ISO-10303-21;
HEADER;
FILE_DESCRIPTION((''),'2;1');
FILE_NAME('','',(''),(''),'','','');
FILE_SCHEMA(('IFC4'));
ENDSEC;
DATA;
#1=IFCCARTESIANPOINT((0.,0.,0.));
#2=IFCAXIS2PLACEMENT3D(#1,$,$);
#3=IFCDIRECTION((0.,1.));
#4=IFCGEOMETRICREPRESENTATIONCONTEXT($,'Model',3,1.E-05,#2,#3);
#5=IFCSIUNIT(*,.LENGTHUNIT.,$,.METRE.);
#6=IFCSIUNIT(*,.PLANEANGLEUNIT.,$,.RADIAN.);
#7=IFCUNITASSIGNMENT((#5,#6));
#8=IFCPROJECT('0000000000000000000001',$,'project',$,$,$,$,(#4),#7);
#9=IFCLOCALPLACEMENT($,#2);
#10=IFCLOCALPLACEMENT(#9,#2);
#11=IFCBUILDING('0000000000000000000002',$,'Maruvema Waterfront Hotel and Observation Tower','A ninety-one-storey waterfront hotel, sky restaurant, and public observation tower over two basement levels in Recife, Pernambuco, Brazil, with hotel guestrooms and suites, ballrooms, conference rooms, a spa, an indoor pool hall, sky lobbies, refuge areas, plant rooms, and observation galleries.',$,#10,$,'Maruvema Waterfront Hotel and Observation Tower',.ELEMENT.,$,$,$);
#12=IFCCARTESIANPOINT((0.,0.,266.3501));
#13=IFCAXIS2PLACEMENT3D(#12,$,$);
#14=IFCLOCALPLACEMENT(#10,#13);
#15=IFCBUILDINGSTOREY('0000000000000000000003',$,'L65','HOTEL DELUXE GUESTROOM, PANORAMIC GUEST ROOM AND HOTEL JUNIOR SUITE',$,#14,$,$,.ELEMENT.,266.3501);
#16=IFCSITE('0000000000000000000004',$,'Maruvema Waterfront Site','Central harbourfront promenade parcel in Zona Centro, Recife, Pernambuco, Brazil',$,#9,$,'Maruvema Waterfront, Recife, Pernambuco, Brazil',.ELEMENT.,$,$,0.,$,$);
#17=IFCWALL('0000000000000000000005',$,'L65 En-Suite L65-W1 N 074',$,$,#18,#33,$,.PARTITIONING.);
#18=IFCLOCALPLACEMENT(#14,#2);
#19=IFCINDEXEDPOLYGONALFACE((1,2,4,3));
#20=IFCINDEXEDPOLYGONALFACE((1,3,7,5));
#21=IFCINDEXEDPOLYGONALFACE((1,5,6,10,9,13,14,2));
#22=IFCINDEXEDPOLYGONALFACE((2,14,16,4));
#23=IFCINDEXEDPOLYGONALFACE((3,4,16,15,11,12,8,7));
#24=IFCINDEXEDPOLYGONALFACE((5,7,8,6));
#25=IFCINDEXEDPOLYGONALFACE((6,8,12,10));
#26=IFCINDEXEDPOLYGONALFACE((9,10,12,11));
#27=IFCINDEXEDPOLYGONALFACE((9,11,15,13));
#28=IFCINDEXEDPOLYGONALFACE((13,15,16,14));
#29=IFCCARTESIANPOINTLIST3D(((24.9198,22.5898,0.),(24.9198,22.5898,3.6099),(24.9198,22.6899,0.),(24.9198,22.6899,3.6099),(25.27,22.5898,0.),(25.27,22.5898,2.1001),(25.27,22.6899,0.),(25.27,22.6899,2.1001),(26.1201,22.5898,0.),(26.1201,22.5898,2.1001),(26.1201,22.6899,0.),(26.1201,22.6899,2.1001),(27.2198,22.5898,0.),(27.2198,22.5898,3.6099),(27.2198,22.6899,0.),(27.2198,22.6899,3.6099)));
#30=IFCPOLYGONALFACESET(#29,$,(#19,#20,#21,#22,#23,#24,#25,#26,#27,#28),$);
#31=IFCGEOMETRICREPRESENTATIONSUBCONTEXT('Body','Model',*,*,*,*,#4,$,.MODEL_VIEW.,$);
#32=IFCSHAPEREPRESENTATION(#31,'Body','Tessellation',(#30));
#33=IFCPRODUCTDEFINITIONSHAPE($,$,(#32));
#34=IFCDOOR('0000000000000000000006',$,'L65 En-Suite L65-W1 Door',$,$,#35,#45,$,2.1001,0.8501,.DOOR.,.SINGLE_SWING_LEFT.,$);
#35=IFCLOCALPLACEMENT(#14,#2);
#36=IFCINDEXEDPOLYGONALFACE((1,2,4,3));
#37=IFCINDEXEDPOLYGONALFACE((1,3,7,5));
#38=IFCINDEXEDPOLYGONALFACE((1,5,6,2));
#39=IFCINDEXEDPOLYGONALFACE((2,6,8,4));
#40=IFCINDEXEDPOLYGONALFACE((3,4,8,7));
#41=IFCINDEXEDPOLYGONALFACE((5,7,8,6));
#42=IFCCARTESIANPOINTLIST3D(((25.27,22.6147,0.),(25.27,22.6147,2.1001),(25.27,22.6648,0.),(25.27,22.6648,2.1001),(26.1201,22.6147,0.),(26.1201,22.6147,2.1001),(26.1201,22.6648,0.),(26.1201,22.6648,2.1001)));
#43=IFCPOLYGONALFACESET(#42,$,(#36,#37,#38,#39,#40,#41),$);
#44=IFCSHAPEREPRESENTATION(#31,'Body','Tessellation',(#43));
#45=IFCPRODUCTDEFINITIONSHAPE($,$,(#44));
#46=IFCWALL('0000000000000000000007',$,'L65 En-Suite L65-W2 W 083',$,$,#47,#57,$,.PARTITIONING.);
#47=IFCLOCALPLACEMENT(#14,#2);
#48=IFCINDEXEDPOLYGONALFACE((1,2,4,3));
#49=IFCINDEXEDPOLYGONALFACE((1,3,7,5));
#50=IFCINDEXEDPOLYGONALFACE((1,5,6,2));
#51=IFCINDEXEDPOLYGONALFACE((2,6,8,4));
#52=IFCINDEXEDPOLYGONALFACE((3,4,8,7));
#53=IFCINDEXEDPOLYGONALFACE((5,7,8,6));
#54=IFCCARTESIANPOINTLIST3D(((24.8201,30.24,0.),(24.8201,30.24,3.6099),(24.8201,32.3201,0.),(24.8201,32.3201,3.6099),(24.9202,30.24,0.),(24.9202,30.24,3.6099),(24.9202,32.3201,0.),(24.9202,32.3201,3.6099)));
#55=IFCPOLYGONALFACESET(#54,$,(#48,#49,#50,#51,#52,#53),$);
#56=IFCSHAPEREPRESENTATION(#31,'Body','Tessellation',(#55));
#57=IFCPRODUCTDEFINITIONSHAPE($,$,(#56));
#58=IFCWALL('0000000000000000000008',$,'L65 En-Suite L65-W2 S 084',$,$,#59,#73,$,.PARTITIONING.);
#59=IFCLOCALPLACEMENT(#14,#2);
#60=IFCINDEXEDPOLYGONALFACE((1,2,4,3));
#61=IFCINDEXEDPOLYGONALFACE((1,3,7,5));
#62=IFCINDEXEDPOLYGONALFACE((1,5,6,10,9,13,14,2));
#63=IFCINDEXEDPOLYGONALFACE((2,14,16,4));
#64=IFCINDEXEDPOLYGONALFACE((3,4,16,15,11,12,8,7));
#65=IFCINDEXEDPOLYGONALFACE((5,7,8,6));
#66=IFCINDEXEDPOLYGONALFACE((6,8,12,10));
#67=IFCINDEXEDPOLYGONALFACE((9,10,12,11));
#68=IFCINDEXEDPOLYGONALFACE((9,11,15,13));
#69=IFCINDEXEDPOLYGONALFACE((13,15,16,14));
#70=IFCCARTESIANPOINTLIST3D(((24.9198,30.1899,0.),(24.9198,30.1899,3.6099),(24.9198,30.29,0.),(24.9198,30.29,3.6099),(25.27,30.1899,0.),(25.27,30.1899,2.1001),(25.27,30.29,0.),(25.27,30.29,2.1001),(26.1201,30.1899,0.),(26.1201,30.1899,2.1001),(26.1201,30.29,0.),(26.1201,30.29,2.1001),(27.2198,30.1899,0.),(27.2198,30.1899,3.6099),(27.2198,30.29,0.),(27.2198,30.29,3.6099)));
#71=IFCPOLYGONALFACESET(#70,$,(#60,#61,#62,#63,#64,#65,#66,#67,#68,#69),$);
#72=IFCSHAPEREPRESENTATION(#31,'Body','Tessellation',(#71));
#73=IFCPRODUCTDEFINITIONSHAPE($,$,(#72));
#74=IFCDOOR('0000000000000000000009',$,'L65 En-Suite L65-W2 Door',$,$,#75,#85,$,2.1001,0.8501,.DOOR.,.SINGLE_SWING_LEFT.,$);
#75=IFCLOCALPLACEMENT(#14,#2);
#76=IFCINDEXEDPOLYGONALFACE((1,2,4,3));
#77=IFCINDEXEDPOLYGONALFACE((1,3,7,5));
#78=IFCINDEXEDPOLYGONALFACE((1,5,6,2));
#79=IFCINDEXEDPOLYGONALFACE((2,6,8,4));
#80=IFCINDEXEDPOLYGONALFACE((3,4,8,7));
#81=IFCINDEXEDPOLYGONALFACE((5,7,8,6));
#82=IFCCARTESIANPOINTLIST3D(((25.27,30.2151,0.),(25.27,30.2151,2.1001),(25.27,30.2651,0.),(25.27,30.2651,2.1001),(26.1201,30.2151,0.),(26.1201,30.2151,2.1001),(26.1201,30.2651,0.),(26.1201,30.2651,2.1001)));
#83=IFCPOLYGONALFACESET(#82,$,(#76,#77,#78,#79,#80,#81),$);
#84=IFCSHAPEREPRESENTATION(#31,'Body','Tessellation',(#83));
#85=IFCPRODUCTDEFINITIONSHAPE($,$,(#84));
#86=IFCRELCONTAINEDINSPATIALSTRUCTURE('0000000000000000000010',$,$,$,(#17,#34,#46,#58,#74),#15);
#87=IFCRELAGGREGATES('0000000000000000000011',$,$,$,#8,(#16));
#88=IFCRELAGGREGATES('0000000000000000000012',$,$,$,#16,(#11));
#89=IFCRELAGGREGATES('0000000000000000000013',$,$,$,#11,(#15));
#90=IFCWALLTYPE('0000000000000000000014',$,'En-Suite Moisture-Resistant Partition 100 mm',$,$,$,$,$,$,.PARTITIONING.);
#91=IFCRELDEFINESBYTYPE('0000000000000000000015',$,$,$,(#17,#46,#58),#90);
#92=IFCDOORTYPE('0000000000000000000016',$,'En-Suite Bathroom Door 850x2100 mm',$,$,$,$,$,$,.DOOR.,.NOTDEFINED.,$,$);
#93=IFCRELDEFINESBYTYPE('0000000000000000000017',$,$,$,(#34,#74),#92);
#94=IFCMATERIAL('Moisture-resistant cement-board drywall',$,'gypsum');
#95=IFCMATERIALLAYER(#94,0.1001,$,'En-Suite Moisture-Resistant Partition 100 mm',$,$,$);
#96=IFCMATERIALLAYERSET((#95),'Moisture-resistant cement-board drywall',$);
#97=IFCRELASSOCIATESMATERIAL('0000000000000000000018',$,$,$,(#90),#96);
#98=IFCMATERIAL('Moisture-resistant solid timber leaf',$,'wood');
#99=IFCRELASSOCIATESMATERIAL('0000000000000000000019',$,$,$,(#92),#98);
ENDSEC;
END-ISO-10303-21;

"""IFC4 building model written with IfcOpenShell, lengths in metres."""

from ifc_helpers import new_model, si_unit, direction, frame, frame_2d, origin, place, context, subcontext, project, spatial, rectangle, extrude, material, layer, layer_set, type_object, element, fill, save


model = new_model("IFC4")

# Units and contexts
model_context = context("Model", 3, precision=1e-05, world=origin(), true_north=direction((0.0, 1.0)))
body_context = subcontext(model_context, "Body", "Model", "MODEL_VIEW")
ifc_project = project(units=[si_unit("LENGTHUNIT", "METRE"), si_unit("PLANEANGLEUNIT", "RADIAN")], contexts=[model_context])

# Site, building, storey
site_placement = place(None, origin())
site = spatial("IfcSite", under=ifc_project, at=site_placement, Name="Maruvema Waterfront Site", Description="Central harbourfront promenade parcel in Zona Centro, Recife, Pernambuco, Brazil", LongName="Maruvema Waterfront, Recife, Pernambuco, Brazil", CompositionType="ELEMENT", RefElevation=0.0)
building_placement = place(site_placement, origin())
building = spatial("IfcBuilding", under=site, at=building_placement, Name="Maruvema Waterfront Hotel and Observation Tower", Description="A ninety-one-storey waterfront hotel, sky restaurant, and public observation tower over two basement levels in Recife, Pernambuco, Brazil, with hotel guestrooms and suites, ballrooms, conference rooms, a spa, an indoor pool hall, sky lobbies, refuge areas, plant rooms, and observation galleries.", LongName="Maruvema Waterfront Hotel and Observation Tower", CompositionType="ELEMENT")
storey_placement = place(building_placement, frame((0.0, 0.0, 266.3501)))
storey = spatial("IfcBuildingStorey", under=building, at=storey_placement, Name="L65", Description="HOTEL DELUXE GUESTROOM, PANORAMIC GUEST ROOM AND HOTEL JUNIOR SUITE", CompositionType="ELEMENT", Elevation=266.3501)

# Shared definitions
ifc_material_1 = material(Name="Moisture-resistant cement-board drywall", Category="gypsum")
ifc_layer_1 = layer(ifc_material_1, 0.1001, Name="En-Suite Moisture-Resistant Partition 100 mm")
ifc_layer_set_1 = layer_set([ifc_layer_1], Name="Moisture-resistant cement-board drywall")
wall_type_1 = type_object("IfcWallType", Name="En-Suite Moisture-Resistant Partition 100 mm", PredefinedType="PARTITIONING", material=ifc_layer_set_1)

# Wall, opening, door
wall_1_placement = place(storey_placement, frame((24.9199, 22.6399, 0.0), z_axis=(0.0, 0.0, 1.0), x_axis=(1.0, 0.0, 0.0)))
wall_1 = element("IfcWall", 1, at=wall_1_placement, inside=storey, type_object=wall_type_1, Name="L65 En-Suite L65-W1 N 074", PredefinedType="PARTITIONING", context=body_context, shape_type="SweptSolid", body=[
    extrude(rectangle(XDim=2.3, YDim=0.1001, at=frame_2d((1.1499, 0.0))), origin(), (0.0, 0.0, 1.0), 3.6099),
])
opening_1_placement = place(wall_1_placement, frame((0.3501, 0.0, 0.0)))
opening_1 = element("IfcOpeningElement", 2, at=opening_1_placement, cuts=wall_1, PredefinedType="OPENING", context=body_context, shape_type="SweptSolid", body=[
    extrude(rectangle(XDim=0.8501, YDim=2.1001, at=frame_2d((0.425, 1.05))), frame((0.0, 0.0601, 0.0), z_axis=(0.0, -1.0, 0.0), x_axis=(1.0, 0.0, 0.0)), (0.0, 0.0, 1.0), 0.1201),
])
ifc_material_2 = material(Name="Moisture-resistant solid timber leaf", Category="wood")
door_type_1 = type_object("IfcDoorType", Name="En-Suite Bathroom Door 850x2100 mm", OperationType="NOTDEFINED", PredefinedType="DOOR", material=ifc_material_2)
door_1_placement = place(opening_1_placement, origin())
door_1 = element("IfcDoor", 3, at=door_1_placement, inside=storey, type_object=door_type_1, Name="L65 En-Suite L65-W1 Door", OperationType="SINGLE_SWING_LEFT", OverallHeight=2.1001, OverallWidth=0.8501, PredefinedType="DOOR", context=body_context, shape_type="SweptSolid", body=[
    extrude(rectangle(XDim=0.8501, YDim=2.1001, at=frame_2d((0.425, 1.05))), frame((0.0, 0.0249, 0.0), z_axis=(0.0, -1.0, 0.0), x_axis=(1.0, 0.0, 0.0)), (0.0, 0.0, 1.0), 0.05),
])
fill(opening_1, door_1)

# Wall
wall_2_placement = place(storey_placement, frame((24.8701, 30.24, 0.0), z_axis=(0.0, 0.0, 1.0), x_axis=(0.0, 1.0, 0.0)))
element("IfcWall", 4, at=wall_2_placement, inside=storey, type_object=wall_type_1, Name="L65 En-Suite L65-W2 W 083", PredefinedType="PARTITIONING", context=body_context, shape_type="SweptSolid", body=[
    extrude(rectangle(XDim=2.0801, YDim=0.1001, at=frame_2d((1.04, 0.0))), origin(), (0.0, 0.0, 1.0), 3.6099),
])

# Wall, opening, door
wall_3_placement = place(storey_placement, frame((24.9199, 30.24, 0.0), z_axis=(0.0, 0.0, 1.0), x_axis=(1.0, 0.0, 0.0)))
wall_3 = element("IfcWall", 5, at=wall_3_placement, inside=storey, type_object=wall_type_1, Name="L65 En-Suite L65-W2 S 084", PredefinedType="PARTITIONING", context=body_context, shape_type="SweptSolid", body=[
    extrude(rectangle(XDim=2.3, YDim=0.1001, at=frame_2d((1.1499, 0.0))), origin(), (0.0, 0.0, 1.0), 3.6099),
])
opening_2_placement = place(wall_3_placement, frame((0.3501, 0.0, 0.0)))
opening_2 = element("IfcOpeningElement", 6, at=opening_2_placement, cuts=wall_3, PredefinedType="OPENING", context=body_context, shape_type="SweptSolid", body=[
    extrude(rectangle(XDim=0.8501, YDim=2.1001, at=frame_2d((0.425, 1.05))), frame((0.0, 0.0601, 0.0), z_axis=(0.0, -1.0, 0.0), x_axis=(1.0, 0.0, 0.0)), (0.0, 0.0, 1.0), 0.1201),
])
door_2_placement = place(opening_2_placement, frame((0.8501, 0.0, 0.0), z_axis=(0.0, 0.0, 1.0), x_axis=(-1.0, 0.0, 0.0)))
door_2 = element("IfcDoor", 7, at=door_2_placement, inside=storey, type_object=door_type_1, Name="L65 En-Suite L65-W2 Door", OperationType="SINGLE_SWING_LEFT", OverallHeight=2.1001, OverallWidth=0.8501, PredefinedType="DOOR", context=body_context, shape_type="SweptSolid", body=[
    extrude(rectangle(XDim=0.8501, YDim=2.1001, at=frame_2d((0.425, 1.05))), frame((0.0, 0.0249, 0.0), z_axis=(0.0, -1.0, 0.0), x_axis=(1.0, 0.0, 0.0)), (0.0, 0.0, 1.0), 0.05),
])
fill(opening_2, door_2)

save(model, "model.ifc")
